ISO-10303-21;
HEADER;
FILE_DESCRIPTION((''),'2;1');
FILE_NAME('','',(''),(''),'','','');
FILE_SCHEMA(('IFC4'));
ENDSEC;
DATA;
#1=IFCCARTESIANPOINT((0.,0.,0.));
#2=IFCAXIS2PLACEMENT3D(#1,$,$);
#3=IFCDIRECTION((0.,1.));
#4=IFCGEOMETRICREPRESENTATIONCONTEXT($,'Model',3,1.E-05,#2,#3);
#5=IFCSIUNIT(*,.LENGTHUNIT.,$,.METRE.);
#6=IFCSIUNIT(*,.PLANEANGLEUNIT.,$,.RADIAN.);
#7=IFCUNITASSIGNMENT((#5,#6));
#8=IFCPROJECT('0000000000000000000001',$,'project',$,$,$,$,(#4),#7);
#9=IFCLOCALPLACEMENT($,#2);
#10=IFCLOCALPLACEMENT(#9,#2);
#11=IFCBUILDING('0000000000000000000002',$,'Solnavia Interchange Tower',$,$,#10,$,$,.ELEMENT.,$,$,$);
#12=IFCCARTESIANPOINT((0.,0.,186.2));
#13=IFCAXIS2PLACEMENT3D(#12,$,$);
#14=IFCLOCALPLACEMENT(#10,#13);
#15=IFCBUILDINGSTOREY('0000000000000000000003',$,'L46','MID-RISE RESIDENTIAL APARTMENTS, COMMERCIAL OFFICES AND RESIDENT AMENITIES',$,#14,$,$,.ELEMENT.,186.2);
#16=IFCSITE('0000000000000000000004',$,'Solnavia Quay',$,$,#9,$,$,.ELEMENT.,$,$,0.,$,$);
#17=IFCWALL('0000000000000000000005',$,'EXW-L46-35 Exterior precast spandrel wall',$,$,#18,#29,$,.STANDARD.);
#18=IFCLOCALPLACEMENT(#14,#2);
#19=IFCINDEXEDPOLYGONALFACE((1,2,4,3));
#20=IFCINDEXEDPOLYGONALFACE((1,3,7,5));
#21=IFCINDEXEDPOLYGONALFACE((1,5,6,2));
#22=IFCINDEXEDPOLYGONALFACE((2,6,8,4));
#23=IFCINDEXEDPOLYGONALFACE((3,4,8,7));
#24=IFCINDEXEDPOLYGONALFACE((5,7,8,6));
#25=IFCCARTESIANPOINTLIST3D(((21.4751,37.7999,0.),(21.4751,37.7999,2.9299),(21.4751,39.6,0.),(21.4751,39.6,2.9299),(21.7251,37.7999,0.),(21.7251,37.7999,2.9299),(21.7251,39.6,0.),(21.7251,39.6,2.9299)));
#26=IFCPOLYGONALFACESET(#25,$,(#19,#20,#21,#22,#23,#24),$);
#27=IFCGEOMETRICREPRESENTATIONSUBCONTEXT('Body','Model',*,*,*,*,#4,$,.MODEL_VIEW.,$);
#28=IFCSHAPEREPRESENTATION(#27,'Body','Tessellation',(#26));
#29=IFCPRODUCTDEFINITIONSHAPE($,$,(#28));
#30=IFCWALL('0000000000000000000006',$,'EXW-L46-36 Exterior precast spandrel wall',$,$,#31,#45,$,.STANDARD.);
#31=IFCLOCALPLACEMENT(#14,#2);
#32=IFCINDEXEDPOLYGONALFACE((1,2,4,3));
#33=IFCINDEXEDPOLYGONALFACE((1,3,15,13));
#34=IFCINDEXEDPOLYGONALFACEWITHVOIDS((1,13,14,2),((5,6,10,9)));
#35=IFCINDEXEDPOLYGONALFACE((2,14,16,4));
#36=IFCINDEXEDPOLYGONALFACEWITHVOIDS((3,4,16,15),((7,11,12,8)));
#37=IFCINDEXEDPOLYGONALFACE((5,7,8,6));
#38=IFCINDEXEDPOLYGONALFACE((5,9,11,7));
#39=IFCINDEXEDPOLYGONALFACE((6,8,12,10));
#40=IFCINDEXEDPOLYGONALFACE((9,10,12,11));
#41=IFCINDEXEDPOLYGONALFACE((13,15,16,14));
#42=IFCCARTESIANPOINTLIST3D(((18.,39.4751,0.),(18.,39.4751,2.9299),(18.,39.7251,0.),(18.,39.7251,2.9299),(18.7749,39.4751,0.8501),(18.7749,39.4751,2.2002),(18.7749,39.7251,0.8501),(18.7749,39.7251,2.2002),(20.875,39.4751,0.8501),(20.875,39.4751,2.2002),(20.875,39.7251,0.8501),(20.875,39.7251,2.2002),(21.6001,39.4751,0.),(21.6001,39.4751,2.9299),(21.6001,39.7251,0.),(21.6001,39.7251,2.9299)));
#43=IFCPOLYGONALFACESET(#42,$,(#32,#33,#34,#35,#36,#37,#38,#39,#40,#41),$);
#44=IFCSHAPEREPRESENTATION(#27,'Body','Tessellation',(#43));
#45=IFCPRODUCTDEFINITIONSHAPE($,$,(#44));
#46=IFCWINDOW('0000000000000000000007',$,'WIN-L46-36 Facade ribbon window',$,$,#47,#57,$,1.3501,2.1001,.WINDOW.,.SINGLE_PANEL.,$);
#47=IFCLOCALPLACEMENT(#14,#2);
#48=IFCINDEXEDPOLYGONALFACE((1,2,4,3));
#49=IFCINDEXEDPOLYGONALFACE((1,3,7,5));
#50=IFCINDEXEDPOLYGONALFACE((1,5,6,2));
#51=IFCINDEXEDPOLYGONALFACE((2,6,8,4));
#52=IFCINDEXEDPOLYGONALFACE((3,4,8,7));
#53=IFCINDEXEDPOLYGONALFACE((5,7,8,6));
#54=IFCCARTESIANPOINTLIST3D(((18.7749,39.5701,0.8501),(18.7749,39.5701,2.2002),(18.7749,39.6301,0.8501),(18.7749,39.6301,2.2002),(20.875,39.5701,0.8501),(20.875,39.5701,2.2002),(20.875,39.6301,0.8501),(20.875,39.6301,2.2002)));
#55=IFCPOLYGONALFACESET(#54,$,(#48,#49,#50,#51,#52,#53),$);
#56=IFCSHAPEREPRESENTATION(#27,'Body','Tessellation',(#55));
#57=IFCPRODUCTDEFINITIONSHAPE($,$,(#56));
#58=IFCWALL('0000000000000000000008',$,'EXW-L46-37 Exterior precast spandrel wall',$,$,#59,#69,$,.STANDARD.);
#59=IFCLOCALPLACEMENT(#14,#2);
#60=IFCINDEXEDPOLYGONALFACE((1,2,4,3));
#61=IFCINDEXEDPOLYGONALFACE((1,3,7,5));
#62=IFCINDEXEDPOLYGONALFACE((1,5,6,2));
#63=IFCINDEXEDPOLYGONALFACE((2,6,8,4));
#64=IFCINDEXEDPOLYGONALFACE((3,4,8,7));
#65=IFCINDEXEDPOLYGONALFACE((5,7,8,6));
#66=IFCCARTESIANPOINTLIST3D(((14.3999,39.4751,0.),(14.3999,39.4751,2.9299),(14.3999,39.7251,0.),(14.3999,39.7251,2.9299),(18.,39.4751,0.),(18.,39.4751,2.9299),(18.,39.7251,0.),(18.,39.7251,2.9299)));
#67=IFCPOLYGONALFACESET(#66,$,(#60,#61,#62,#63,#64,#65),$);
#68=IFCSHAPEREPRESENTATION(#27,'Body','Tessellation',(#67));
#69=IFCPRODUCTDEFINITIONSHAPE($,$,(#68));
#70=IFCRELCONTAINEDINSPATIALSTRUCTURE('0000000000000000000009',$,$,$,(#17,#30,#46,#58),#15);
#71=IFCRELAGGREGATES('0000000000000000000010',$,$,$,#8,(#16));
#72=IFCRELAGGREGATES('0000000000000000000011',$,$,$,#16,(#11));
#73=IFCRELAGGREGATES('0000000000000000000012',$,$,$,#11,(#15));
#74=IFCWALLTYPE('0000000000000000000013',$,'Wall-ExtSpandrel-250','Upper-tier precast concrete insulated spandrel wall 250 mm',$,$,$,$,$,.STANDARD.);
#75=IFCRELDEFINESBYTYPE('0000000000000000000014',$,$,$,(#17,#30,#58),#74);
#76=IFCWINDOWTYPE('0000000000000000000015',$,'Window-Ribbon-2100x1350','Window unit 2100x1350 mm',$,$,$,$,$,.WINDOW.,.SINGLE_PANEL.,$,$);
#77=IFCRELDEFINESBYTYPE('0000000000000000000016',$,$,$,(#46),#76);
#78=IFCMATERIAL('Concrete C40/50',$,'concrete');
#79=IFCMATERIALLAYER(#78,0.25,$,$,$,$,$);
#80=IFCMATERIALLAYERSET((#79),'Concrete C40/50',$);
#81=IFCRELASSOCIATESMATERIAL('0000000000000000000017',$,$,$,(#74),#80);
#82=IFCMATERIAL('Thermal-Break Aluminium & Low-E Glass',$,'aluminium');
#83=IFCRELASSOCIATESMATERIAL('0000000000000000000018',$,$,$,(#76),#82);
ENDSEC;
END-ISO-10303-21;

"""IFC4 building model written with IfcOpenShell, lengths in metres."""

from ifc_helpers import new_model, si_unit, direction, frame, frame_2d, origin, place, context, subcontext, project, spatial, rectangle, extrude, material, layer, layer_set, type_object, element, fill, save


model = new_model("IFC4")

# Units and contexts
model_context = context("Model", 3, precision=1e-05, world=origin(), true_north=direction((0.0, 1.0)))
body_context = subcontext(model_context, "Body", "Model", "MODEL_VIEW")
ifc_project = project(units=[si_unit("LENGTHUNIT", "METRE"), si_unit("PLANEANGLEUNIT", "RADIAN")], contexts=[model_context])

# Site, building, storey
site_placement = place(None, origin())
site = spatial("IfcSite", under=ifc_project, at=site_placement, Name="Solnavia Quay", CompositionType="ELEMENT", RefElevation=0.0)
building_placement = place(site_placement, origin())
building = spatial("IfcBuilding", under=site, at=building_placement, Name="Solnavia Interchange Tower", CompositionType="ELEMENT")
storey_placement = place(building_placement, frame((0.0, 0.0, 186.2)))
storey = spatial("IfcBuildingStorey", under=building, at=storey_placement, Name="L46", Description="MID-RISE RESIDENTIAL APARTMENTS, COMMERCIAL OFFICES AND RESIDENT AMENITIES", CompositionType="ELEMENT", Elevation=186.2)

# Wall
ifc_material_1 = material(Name="Concrete C40/50", Category="concrete")
ifc_layer_1 = layer(ifc_material_1, 0.25)
ifc_layer_set_1 = layer_set([ifc_layer_1], Name="Concrete C40/50")
wall_type_1 = type_object("IfcWallType", Name="Wall-ExtSpandrel-250", Description="Upper-tier precast concrete insulated spandrel wall 250 mm", PredefinedType="STANDARD", material=ifc_layer_set_1)
wall_1_placement = place(storey_placement, frame((21.6001, 37.8, 0.0), z_axis=(0.0, 0.0, 1.0), x_axis=(0.0, 1.0, 0.0)))
element("IfcWall", 1, at=wall_1_placement, inside=storey, type_object=wall_type_1, Name="EXW-L46-35 Exterior precast spandrel wall", PredefinedType="STANDARD", context=body_context, shape_type="SweptSolid", body=[
    extrude(rectangle(XDim=1.8, YDim=0.25, at=frame_2d((0.8999, 0.0))), origin(), (0.0, 0.0, 1.0), 2.9299),
])

# Wall, opening, window
wall_2_placement = place(storey_placement, frame((18.0, 39.6001, 0.0), z_axis=(0.0, 0.0, 1.0), x_axis=(1.0, 0.0, 0.0)))
wall_2 = element("IfcWall", 2, at=wall_2_placement, inside=storey, type_object=wall_type_1, Name="EXW-L46-36 Exterior precast spandrel wall", PredefinedType="STANDARD", context=body_context, shape_type="SweptSolid", body=[
    extrude(rectangle(XDim=3.6001, YDim=0.25, at=frame_2d((1.8, 0.0))), origin(), (0.0, 0.0, 1.0), 2.9299),
])
opening_1_placement = place(wall_2_placement, frame((0.7749, 0.0, 0.8501)))
opening_1 = element("IfcOpeningElement", 3, at=opening_1_placement, cuts=wall_2, PredefinedType="OPENING", context=body_context, shape_type="SweptSolid", body=[
    extrude(rectangle(XDim=2.1001, YDim=1.3501, at=frame_2d((1.05, 0.675))), frame((0.0, 0.135, 0.0), z_axis=(0.0, -1.0, 0.0), x_axis=(1.0, 0.0, 0.0)), (0.0, 0.0, 1.0), 0.27),
])
ifc_material_2 = material(Name="Thermal-Break Aluminium & Low-E Glass", Category="aluminium")
window_type = type_object("IfcWindowType", Name="Window-Ribbon-2100x1350", Description="Window unit 2100x1350 mm", PartitioningType="SINGLE_PANEL", PredefinedType="WINDOW", material=ifc_material_2)
window_placement = place(opening_1_placement, origin())
window = element("IfcWindow", 4, at=window_placement, inside=storey, type_object=window_type, Name="WIN-L46-36 Facade ribbon window", OverallHeight=1.3501, OverallWidth=2.1001, PartitioningType="SINGLE_PANEL", PredefinedType="WINDOW", context=body_context, shape_type="SweptSolid", body=[
    extrude(rectangle(XDim=2.1001, YDim=1.3501, at=frame_2d((1.05, 0.675))), frame((0.0, 0.03, 0.0), z_axis=(0.0, -1.0, 0.0), x_axis=(1.0, 0.0, 0.0)), (0.0, 0.0, 1.0), 0.0601),
])
fill(opening_1, window)

# Wall
wall_3_placement = place(storey_placement, frame((14.3999, 39.6001, 0.0), z_axis=(0.0, 0.0, 1.0), x_axis=(1.0, 0.0, 0.0)))
element("IfcWall", 5, at=wall_3_placement, inside=storey, type_object=wall_type_1, Name="EXW-L46-37 Exterior precast spandrel wall", PredefinedType="STANDARD", context=body_context, shape_type="SweptSolid", body=[
    extrude(rectangle(XDim=3.6001, YDim=0.25, at=frame_2d((1.8, 0.0))), origin(), (0.0, 0.0, 1.0), 2.9299),
])

save(model, "model.ifc")
